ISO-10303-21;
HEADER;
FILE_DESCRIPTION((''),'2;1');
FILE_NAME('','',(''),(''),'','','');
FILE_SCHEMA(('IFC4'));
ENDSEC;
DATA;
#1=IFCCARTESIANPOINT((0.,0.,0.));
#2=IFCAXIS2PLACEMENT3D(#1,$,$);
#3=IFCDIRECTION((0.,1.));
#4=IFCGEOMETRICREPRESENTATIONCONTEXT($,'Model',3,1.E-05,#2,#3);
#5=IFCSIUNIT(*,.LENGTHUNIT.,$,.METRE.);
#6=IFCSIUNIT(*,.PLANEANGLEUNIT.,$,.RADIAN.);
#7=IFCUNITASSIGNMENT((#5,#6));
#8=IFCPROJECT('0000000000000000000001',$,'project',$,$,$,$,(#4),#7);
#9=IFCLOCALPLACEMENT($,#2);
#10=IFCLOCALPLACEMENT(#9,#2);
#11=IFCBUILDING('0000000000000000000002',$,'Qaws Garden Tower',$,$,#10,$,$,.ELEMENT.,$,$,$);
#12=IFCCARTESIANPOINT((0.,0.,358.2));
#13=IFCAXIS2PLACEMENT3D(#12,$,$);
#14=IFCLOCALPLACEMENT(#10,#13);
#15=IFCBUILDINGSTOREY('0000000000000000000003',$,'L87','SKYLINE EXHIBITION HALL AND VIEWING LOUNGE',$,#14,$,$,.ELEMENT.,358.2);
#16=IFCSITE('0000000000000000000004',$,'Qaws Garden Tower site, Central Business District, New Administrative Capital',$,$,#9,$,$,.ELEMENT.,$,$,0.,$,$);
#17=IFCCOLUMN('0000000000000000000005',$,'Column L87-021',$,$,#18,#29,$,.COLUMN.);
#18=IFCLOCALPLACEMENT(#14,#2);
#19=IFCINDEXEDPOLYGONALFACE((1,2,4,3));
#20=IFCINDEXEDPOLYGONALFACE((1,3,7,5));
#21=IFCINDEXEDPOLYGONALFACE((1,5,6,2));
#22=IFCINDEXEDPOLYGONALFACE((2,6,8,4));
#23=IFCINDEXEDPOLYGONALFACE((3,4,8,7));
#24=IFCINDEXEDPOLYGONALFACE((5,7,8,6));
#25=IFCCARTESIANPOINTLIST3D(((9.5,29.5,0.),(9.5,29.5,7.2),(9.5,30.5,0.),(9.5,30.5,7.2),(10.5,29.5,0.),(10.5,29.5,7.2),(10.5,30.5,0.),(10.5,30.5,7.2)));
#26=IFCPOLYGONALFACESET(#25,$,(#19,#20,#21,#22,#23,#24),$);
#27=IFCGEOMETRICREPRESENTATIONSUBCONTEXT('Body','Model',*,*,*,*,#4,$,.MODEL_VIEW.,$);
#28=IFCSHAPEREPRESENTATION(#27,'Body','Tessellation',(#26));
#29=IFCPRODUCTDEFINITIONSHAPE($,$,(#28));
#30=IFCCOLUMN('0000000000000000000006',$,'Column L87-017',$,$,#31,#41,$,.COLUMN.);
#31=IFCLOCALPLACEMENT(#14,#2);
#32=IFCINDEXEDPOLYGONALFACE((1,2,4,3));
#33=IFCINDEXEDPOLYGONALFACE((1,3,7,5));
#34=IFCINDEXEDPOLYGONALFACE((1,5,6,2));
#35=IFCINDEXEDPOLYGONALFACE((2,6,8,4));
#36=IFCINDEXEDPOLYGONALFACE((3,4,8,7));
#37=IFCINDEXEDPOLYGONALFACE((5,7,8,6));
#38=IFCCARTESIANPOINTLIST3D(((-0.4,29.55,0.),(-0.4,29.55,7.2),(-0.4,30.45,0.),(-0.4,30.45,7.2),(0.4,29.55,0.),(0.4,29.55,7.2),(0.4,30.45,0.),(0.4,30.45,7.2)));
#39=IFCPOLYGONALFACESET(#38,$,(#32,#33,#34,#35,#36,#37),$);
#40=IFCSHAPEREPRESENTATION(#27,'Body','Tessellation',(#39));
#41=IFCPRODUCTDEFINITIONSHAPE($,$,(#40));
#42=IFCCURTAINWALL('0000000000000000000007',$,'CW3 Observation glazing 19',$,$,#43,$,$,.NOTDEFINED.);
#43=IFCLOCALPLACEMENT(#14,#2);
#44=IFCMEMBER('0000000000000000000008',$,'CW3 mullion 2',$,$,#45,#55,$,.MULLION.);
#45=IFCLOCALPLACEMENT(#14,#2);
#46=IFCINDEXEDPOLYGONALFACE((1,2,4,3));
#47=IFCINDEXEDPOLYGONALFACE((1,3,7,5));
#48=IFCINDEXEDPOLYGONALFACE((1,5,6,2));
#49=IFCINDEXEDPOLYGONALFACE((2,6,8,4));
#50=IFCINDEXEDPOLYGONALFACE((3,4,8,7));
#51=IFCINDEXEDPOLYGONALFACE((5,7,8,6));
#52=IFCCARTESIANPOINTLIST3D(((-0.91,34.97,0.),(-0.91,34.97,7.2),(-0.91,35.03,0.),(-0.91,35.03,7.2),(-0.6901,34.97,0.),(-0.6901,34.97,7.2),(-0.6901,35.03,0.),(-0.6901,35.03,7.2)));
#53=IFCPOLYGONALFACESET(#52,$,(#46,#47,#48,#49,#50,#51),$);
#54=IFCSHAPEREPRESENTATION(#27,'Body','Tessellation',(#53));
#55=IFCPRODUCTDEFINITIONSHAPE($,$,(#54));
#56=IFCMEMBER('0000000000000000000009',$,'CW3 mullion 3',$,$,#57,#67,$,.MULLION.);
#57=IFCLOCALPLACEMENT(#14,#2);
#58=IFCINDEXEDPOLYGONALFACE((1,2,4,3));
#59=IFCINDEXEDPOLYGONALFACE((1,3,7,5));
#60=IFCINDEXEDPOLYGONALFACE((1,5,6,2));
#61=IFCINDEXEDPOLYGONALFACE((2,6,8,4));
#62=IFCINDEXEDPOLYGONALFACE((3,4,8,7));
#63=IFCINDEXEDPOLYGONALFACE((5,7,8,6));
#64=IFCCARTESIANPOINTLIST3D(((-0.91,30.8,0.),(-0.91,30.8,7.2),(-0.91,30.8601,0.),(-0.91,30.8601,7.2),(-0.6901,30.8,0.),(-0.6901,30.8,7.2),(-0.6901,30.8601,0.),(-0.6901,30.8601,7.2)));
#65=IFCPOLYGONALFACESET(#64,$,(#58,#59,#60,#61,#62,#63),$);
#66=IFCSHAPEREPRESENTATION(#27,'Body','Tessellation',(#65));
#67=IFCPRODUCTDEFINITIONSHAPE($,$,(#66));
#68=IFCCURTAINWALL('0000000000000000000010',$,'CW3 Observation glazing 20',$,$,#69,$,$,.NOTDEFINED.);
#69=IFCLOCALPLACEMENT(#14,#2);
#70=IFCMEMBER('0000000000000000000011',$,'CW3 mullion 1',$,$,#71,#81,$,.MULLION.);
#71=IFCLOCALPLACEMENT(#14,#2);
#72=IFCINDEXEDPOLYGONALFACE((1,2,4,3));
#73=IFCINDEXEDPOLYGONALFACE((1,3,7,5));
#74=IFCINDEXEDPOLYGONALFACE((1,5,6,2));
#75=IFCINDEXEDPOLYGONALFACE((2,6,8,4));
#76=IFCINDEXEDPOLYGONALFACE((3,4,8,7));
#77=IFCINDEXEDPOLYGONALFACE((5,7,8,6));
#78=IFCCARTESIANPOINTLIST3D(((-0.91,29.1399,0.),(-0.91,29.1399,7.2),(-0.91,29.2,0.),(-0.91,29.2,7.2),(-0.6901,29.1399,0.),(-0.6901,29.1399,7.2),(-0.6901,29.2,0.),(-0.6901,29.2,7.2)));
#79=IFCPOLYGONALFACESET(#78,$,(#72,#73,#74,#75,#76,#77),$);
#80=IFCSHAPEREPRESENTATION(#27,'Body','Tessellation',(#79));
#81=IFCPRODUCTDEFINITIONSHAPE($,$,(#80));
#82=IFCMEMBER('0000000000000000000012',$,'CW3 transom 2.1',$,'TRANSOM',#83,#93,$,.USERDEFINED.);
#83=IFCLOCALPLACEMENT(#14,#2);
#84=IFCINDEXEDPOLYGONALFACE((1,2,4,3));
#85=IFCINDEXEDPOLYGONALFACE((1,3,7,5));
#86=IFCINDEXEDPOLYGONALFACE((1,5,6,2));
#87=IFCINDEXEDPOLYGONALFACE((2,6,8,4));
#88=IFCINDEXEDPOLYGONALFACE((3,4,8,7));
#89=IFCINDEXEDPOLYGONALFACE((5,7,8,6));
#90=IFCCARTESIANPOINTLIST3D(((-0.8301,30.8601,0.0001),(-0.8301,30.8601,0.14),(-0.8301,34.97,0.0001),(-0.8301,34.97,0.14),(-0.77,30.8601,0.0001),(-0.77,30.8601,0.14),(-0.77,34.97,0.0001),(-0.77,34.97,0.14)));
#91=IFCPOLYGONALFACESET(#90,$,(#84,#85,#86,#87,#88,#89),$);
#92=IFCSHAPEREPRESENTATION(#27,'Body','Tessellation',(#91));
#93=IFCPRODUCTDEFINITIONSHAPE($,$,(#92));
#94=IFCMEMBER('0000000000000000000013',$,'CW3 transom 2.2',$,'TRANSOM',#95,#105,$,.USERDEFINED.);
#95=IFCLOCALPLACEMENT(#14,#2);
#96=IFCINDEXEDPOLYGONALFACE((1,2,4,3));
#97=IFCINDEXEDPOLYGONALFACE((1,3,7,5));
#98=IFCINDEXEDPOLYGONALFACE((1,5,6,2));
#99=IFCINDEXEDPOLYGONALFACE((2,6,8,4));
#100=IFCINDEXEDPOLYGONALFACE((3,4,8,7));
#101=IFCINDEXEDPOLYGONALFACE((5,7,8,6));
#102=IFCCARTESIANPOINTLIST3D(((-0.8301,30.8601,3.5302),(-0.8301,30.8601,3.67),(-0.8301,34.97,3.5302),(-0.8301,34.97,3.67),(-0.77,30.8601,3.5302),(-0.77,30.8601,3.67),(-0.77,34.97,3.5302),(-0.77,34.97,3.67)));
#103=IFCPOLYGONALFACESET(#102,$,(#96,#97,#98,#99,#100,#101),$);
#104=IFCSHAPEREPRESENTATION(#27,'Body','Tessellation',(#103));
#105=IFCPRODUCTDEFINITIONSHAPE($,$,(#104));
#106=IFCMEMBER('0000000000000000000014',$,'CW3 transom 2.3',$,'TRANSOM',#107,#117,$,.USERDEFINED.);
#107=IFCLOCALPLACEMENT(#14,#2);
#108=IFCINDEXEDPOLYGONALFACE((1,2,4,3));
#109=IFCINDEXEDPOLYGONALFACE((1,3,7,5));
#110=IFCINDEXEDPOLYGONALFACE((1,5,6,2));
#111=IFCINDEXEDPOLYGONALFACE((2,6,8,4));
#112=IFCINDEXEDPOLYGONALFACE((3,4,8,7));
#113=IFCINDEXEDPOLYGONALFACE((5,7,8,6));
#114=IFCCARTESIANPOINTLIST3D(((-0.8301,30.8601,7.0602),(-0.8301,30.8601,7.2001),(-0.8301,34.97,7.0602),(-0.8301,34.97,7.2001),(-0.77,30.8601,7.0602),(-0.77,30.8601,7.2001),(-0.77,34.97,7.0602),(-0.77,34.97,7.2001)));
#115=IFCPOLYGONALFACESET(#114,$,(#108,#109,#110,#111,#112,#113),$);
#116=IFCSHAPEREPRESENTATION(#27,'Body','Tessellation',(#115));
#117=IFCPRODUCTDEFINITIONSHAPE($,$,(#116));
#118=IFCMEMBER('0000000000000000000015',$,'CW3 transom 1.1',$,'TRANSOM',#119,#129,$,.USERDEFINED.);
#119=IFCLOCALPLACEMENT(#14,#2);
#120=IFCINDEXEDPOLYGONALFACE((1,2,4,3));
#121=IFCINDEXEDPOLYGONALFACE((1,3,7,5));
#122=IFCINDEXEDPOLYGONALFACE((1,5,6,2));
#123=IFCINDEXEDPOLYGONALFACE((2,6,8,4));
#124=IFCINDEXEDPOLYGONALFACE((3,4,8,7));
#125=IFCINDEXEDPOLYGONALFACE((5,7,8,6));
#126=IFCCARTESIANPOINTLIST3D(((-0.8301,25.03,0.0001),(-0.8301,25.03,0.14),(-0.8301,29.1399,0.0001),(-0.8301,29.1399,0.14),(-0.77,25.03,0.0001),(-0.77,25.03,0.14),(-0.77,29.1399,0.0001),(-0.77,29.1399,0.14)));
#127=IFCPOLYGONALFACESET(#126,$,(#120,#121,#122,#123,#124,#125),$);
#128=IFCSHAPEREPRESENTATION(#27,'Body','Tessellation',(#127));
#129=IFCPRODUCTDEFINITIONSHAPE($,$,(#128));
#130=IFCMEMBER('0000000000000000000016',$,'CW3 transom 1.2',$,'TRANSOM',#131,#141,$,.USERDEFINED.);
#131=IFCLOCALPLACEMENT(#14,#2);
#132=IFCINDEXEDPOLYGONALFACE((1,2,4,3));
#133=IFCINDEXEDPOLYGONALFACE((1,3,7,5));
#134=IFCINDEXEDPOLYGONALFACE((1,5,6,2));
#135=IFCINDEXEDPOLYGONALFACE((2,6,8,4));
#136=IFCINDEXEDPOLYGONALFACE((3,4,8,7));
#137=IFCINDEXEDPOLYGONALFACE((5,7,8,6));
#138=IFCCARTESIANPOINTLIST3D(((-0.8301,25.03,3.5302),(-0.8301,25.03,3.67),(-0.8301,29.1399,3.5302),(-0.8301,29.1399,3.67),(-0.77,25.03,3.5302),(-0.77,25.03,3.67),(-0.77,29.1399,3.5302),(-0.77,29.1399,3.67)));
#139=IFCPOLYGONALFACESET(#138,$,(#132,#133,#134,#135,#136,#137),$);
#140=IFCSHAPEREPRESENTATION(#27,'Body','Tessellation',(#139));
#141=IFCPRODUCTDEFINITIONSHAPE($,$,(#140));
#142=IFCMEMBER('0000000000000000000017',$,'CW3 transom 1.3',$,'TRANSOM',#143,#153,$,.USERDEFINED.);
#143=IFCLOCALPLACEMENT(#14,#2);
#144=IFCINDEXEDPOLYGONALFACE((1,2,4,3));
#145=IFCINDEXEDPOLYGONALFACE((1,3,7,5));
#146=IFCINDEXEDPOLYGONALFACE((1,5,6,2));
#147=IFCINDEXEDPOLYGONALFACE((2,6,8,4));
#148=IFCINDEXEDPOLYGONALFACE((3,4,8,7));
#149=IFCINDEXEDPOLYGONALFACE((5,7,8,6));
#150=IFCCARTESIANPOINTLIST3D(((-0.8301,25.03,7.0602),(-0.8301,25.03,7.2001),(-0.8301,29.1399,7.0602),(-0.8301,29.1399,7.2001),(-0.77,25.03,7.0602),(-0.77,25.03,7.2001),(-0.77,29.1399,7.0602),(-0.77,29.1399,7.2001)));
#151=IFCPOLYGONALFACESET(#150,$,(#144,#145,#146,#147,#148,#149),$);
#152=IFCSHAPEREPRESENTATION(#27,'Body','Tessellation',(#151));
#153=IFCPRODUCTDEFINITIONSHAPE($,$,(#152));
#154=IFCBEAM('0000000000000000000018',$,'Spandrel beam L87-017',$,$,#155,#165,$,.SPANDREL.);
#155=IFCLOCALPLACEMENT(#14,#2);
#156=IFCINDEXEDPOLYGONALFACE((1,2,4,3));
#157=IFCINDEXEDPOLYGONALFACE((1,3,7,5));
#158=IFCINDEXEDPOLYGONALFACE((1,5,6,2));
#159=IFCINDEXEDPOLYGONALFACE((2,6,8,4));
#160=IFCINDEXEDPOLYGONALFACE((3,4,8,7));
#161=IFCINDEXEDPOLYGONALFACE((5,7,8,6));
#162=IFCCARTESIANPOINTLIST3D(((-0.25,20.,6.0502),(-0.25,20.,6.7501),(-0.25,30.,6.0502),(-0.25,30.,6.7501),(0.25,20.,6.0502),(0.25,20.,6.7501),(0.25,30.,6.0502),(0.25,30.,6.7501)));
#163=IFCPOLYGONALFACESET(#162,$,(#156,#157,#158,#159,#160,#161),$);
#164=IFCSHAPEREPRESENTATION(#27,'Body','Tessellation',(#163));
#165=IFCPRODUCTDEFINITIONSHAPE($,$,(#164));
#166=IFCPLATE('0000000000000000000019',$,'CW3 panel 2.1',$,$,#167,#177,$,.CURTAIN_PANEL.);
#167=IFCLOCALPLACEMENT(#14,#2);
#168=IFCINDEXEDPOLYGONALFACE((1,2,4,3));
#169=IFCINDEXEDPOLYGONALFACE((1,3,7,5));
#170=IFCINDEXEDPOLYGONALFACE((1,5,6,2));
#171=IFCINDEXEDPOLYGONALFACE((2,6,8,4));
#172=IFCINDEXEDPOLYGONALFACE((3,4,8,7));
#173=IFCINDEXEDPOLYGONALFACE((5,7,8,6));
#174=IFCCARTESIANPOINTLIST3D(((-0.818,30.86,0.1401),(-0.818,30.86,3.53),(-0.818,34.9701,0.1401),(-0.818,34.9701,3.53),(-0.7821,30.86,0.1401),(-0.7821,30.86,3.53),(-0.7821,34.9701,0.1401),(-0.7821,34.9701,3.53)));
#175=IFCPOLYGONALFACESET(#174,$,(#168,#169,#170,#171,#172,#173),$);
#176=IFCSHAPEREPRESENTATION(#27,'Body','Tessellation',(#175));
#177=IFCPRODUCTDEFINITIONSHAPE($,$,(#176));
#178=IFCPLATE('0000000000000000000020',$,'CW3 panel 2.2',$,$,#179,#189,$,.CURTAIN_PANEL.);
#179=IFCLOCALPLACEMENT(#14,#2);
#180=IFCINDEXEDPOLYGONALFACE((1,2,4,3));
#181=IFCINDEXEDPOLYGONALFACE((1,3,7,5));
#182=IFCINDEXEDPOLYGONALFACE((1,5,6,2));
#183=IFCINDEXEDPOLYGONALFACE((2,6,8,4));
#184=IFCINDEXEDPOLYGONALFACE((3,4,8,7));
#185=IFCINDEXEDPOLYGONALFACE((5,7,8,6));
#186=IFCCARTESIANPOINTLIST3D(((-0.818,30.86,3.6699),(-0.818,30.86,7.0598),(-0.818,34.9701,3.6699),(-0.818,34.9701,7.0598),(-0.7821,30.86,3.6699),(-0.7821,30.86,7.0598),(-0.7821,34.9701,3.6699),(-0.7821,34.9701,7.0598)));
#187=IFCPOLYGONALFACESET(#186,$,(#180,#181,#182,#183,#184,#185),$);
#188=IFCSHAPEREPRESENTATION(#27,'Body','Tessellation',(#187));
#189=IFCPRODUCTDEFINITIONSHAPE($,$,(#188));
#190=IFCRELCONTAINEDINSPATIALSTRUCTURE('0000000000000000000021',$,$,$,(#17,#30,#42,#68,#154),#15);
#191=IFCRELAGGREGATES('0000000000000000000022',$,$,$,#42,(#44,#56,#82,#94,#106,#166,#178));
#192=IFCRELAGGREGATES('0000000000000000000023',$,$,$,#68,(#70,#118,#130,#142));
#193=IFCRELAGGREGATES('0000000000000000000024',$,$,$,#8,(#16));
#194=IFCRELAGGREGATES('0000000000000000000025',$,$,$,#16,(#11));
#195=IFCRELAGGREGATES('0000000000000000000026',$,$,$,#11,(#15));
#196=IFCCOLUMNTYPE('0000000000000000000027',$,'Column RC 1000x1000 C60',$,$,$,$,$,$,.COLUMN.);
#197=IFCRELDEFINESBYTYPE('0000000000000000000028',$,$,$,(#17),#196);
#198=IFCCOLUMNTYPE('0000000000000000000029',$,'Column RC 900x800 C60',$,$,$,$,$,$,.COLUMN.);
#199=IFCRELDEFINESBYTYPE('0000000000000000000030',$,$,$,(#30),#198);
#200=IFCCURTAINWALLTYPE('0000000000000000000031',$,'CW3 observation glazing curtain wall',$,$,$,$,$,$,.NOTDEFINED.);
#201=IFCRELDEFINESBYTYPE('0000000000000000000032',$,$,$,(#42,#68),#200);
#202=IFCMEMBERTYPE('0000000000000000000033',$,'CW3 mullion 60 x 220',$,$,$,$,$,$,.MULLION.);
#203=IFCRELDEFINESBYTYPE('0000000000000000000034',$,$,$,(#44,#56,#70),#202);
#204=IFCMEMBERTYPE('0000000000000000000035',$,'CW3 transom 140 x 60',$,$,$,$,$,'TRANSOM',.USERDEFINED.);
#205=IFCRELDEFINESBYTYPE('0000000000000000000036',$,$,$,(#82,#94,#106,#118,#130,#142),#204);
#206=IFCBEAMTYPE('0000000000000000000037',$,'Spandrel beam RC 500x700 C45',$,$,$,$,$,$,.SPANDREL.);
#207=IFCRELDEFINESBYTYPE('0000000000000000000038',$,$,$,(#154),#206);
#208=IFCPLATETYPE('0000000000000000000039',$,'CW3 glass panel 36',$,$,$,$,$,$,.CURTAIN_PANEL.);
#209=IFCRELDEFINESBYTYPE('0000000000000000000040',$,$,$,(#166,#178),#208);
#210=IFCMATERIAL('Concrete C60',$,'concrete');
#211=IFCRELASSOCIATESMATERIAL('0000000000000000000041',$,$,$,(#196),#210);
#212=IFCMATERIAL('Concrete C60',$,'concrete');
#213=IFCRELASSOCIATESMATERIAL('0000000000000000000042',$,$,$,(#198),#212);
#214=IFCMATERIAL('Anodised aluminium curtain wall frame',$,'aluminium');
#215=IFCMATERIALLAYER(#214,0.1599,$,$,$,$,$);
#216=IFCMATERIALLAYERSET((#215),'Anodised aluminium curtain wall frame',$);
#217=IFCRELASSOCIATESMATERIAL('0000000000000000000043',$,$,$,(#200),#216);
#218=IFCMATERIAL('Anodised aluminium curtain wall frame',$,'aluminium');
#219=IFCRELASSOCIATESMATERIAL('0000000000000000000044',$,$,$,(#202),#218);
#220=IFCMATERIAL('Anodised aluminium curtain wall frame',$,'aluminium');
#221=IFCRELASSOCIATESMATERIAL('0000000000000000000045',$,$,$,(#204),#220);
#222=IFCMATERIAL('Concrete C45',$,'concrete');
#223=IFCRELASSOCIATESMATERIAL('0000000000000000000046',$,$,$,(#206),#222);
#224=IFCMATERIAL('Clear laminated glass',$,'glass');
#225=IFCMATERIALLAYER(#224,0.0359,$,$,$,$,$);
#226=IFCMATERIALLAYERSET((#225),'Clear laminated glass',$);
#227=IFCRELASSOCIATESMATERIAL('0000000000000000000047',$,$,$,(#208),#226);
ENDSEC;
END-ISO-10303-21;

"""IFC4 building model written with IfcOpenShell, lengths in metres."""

from ifc_helpers import new_model, si_unit, direction, frame, origin, origin_2d, place, context, subcontext, project, spatial, rectangle, extrude, material, layer, layer_set, material_profile, profile_set, type_object, element, aggregate, save


model = new_model("IFC4")

# Units and contexts
model_context = context("Model", 3, precision=1e-05, world=origin(), true_north=direction((0.0, 1.0)))
body_context = subcontext(model_context, "Body", "Model", "MODEL_VIEW")
ifc_project = project(units=[si_unit("LENGTHUNIT", "METRE"), si_unit("PLANEANGLEUNIT", "RADIAN")], contexts=[model_context])

# Site, building, storey
site_placement = place(None, origin())
site = spatial("IfcSite", under=ifc_project, at=site_placement, Name="Qaws Garden Tower site, Central Business District, New Administrative Capital", CompositionType="ELEMENT", RefElevation=0.0)
building_placement = place(site_placement, origin())
building = spatial("IfcBuilding", under=site, at=building_placement, Name="Qaws Garden Tower", CompositionType="ELEMENT")
storey_placement = place(building_placement, frame((0.0, 0.0, 358.2)))
storey = spatial("IfcBuildingStorey", under=building, at=storey_placement, Name="L87", Description="SKYLINE EXHIBITION HALL AND VIEWING LOUNGE", CompositionType="ELEMENT", Elevation=358.2)

# Columns
ifc_material_1 = material(Name="Concrete C60", Category="concrete")
ifc_material_profile_1 = material_profile(ifc_material_1, rectangle(XDim=1.0, YDim=1.0, at=origin_2d()), Name="RC 1000x1000")
ifc_profile_set_1 = profile_set([ifc_material_profile_1], Name="Concrete C60")
column_type_1 = type_object("IfcColumnType", Name="Column RC 1000x1000 C60", PredefinedType="COLUMN", material=ifc_profile_set_1)
column_1_placement = place(storey_placement, frame((10.0, 30.0, 0.0), z_axis=(0.0, 0.0, 1.0), x_axis=(1.0, 0.0, 0.0)))
element("IfcColumn", 1, at=column_1_placement, inside=storey, type_object=column_type_1, Name="Column L87-021", PredefinedType="COLUMN", context=body_context, shape_type="SweptSolid", body=[
    extrude(rectangle(XDim=1.0, YDim=1.0, at=origin_2d()), origin(), (0.0, 0.0, 1.0), 7.2),
])
ifc_material_2 = material(Name="Concrete C60", Category="concrete")
ifc_material_profile_2 = material_profile(ifc_material_2, rectangle(XDim=0.8999, YDim=0.8, at=origin_2d()), Name="RC 900x800")
ifc_profile_set_2 = profile_set([ifc_material_profile_2], Name="Concrete C60")
column_type_2 = type_object("IfcColumnType", Name="Column RC 900x800 C60", PredefinedType="COLUMN", material=ifc_profile_set_2)
column_2_placement = place(storey_placement, frame((0.0, 30.0, 0.0), z_axis=(0.0, 0.0, 1.0), x_axis=(0.0, 1.0, 0.0)))
element("IfcColumn", 2, at=column_2_placement, inside=storey, type_object=column_type_2, Name="Column L87-017", PredefinedType="COLUMN", context=body_context, shape_type="SweptSolid", body=[
    extrude(rectangle(XDim=0.8999, YDim=0.8, at=origin_2d()), origin(), (0.0, 0.0, 1.0), 7.2),
])

# Curtain wall, members
ifc_material_3 = material(Name="Anodised aluminium curtain wall frame", Category="aluminium")
ifc_layer_1 = layer(ifc_material_3, 0.1599)
ifc_layer_set_1 = layer_set([ifc_layer_1], Name="Anodised aluminium curtain wall frame")
curtain_wall_type = type_object("IfcCurtainWallType", Name="CW3 observation glazing curtain wall", PredefinedType="NOTDEFINED", material=ifc_layer_set_1)
placement = place(storey_placement, origin())
curtain_wall_1 = element("IfcCurtainWall", 3, at=placement, inside=storey, type_object=curtain_wall_type, Name="CW3 Observation glazing 19", PredefinedType="NOTDEFINED")
ifc_material_4 = material(Name="Anodised aluminium curtain wall frame", Category="aluminium")
ifc_material_profile_3 = material_profile(ifc_material_4, rectangle(XDim=0.22, YDim=0.0601, at=origin_2d()), Name="AL 60x220")
ifc_profile_set_3 = profile_set([ifc_material_profile_3], Name="Anodised aluminium curtain wall frame")
member_type_1 = type_object("IfcMemberType", Name="CW3 mullion 60 x 220", PredefinedType="MULLION", material=ifc_profile_set_3)
member_1_placement = place(storey_placement, frame((-0.8, 35.0, 0.0), z_axis=(0.0, 0.0, 1.0), x_axis=(1.0, 0.0, 0.0)))
member_1 = element("IfcMember", 4, at=member_1_placement, type_object=member_type_1, Name="CW3 mullion 2", PredefinedType="MULLION", context=body_context, shape_type="SweptSolid", body=[
    extrude(rectangle(XDim=0.22, YDim=0.0601, at=origin_2d()), origin(), (0.0, 0.0, 1.0), 7.2),
])
member_2_placement = place(storey_placement, frame((-0.8, 30.8301, 0.0), z_axis=(0.0, 0.0, 1.0), x_axis=(1.0, 0.0, 0.0)))
member_2 = element("IfcMember", 5, at=member_2_placement, type_object=member_type_1, Name="CW3 mullion 3", PredefinedType="MULLION", context=body_context, shape_type="SweptSolid", body=[
    extrude(rectangle(XDim=0.22, YDim=0.0601, at=origin_2d()), origin(), (0.0, 0.0, 1.0), 7.2),
])

# Curtain wall, member
curtain_wall_2 = element("IfcCurtainWall", 6, at=placement, inside=storey, type_object=curtain_wall_type, Name="CW3 Observation glazing 20", PredefinedType="NOTDEFINED")
member_3_placement = place(storey_placement, frame((-0.8, 29.1699, 0.0), z_axis=(0.0, 0.0, 1.0), x_axis=(1.0, 0.0, 0.0)))
member_3 = element("IfcMember", 7, at=member_3_placement, type_object=member_type_1, Name="CW3 mullion 1", PredefinedType="MULLION", context=body_context, shape_type="SweptSolid", body=[
    extrude(rectangle(XDim=0.22, YDim=0.0601, at=origin_2d()), origin(), (0.0, 0.0, 1.0), 7.2),
])

# Members
ifc_material_5 = material(Name="Anodised aluminium curtain wall frame", Category="aluminium")
ifc_material_profile_4 = material_profile(ifc_material_5, rectangle(XDim=0.0601, YDim=0.1399, at=origin_2d()), Name="AL 60x140")
ifc_profile_set_4 = profile_set([ifc_material_profile_4], Name="Anodised aluminium curtain wall frame")
member_type_2 = type_object("IfcMemberType", Name="CW3 transom 140 x 60", ElementType="TRANSOM", PredefinedType="USERDEFINED", material=ifc_profile_set_4)
member_4_placement = place(storey_placement, frame((-0.8, 34.97, 0.0701), z_axis=(0.0, -1.0, 0.0), x_axis=(1.0, 0.0, 0.0)))
member_4 = element("IfcMember", 8, at=member_4_placement, type_object=member_type_2, Name="CW3 transom 2.1", ObjectType="TRANSOM", PredefinedType="USERDEFINED", context=body_context, shape_type="SweptSolid", body=[
    extrude(rectangle(XDim=0.0601, YDim=0.1399, at=origin_2d()), origin(), (0.0, 0.0, 1.0), 4.1099),
])
member_5_placement = place(storey_placement, frame((-0.8, 34.97, 3.6001), z_axis=(0.0, -1.0, 0.0), x_axis=(1.0, 0.0, 0.0)))
member_5 = element("IfcMember", 9, at=member_5_placement, type_object=member_type_2, Name="CW3 transom 2.2", ObjectType="TRANSOM", PredefinedType="USERDEFINED", context=body_context, shape_type="SweptSolid", body=[
    extrude(rectangle(XDim=0.0601, YDim=0.1399, at=origin_2d()), origin(), (0.0, 0.0, 1.0), 4.1099),
])
member_6_placement = place(storey_placement, frame((-0.8, 34.97, 7.1301), z_axis=(0.0, -1.0, 0.0), x_axis=(1.0, 0.0, 0.0)))
member_6 = element("IfcMember", 10, at=member_6_placement, type_object=member_type_2, Name="CW3 transom 2.3", ObjectType="TRANSOM", PredefinedType="USERDEFINED", context=body_context, shape_type="SweptSolid", body=[
    extrude(rectangle(XDim=0.0601, YDim=0.1399, at=origin_2d()), origin(), (0.0, 0.0, 1.0), 4.1099),
])
member_7_placement = place(storey_placement, frame((-0.8, 29.1399, 0.0701), z_axis=(0.0, -1.0, 0.0), x_axis=(1.0, 0.0, 0.0)))
member_7 = element("IfcMember", 11, at=member_7_placement, type_object=member_type_2, Name="CW3 transom 1.1", ObjectType="TRANSOM", PredefinedType="USERDEFINED", context=body_context, shape_type="SweptSolid", body=[
    extrude(rectangle(XDim=0.0601, YDim=0.1399, at=origin_2d()), origin(), (0.0, 0.0, 1.0), 4.1099),
])
member_8_placement = place(storey_placement, frame((-0.8, 29.1399, 3.6001), z_axis=(0.0, -1.0, 0.0), x_axis=(1.0, 0.0, 0.0)))
member_8 = element("IfcMember", 12, at=member_8_placement, type_object=member_type_2, Name="CW3 transom 1.2", ObjectType="TRANSOM", PredefinedType="USERDEFINED", context=body_context, shape_type="SweptSolid", body=[
    extrude(rectangle(XDim=0.0601, YDim=0.1399, at=origin_2d()), origin(), (0.0, 0.0, 1.0), 4.1099),
])
member_9_placement = place(storey_placement, frame((-0.8, 29.1399, 7.1301), z_axis=(0.0, -1.0, 0.0), x_axis=(1.0, 0.0, 0.0)))
member_9 = element("IfcMember", 13, at=member_9_placement, type_object=member_type_2, Name="CW3 transom 1.3", ObjectType="TRANSOM", PredefinedType="USERDEFINED", context=body_context, shape_type="SweptSolid", body=[
    extrude(rectangle(XDim=0.0601, YDim=0.1399, at=origin_2d()), origin(), (0.0, 0.0, 1.0), 4.1099),
])

# Beam
ifc_material_6 = material(Name="Concrete C45", Category="concrete")
ifc_material_profile_5 = material_profile(ifc_material_6, rectangle(XDim=0.5, YDim=0.7, at=origin_2d()), Name="RC 500x700")
ifc_profile_set_5 = profile_set([ifc_material_profile_5], Name="Concrete C45")
beam_type = type_object("IfcBeamType", Name="Spandrel beam RC 500x700 C45", PredefinedType="SPANDREL", material=ifc_profile_set_5)
beam_placement = place(storey_placement, frame((0.0, 30.0, 6.4001), z_axis=(0.0, -1.0, 0.0), x_axis=(1.0, 0.0, 0.0)))
element("IfcBeam", 14, at=beam_placement, inside=storey, type_object=beam_type, Name="Spandrel beam L87-017", PredefinedType="SPANDREL", context=body_context, shape_type="SweptSolid", body=[
    extrude(rectangle(XDim=0.5, YDim=0.7, at=origin_2d()), origin(), (0.0, 0.0, 1.0), 10.0),
])

# Plates
ifc_material_7 = material(Name="Clear laminated glass", Category="glass")
ifc_layer_2 = layer(ifc_material_7, 0.0359)
ifc_layer_set_2 = layer_set([ifc_layer_2], Name="Clear laminated glass")
plate_type = type_object("IfcPlateType", Name="CW3 glass panel 36", PredefinedType="CURTAIN_PANEL", material=ifc_layer_set_2)
plate_1_placement = place(storey_placement, frame((-0.8, 32.915, 0.1401), z_axis=(0.0, 0.0, 1.0), x_axis=(0.0, -1.0, 0.0)))
plate_1 = element("IfcPlate", 15, at=plate_1_placement, type_object=plate_type, Name="CW3 panel 2.1", PredefinedType="CURTAIN_PANEL", context=body_context, shape_type="SweptSolid", body=[
    extrude(rectangle(XDim=4.1101, YDim=0.0359, at=origin_2d()), origin(), (0.0, 0.0, 1.0), 3.3899),
])
plate_2_placement = place(storey_placement, frame((-0.8, 32.915, 3.6699), z_axis=(0.0, 0.0, 1.0), x_axis=(0.0, -1.0, 0.0)))
plate_2 = element("IfcPlate", 16, at=plate_2_placement, type_object=plate_type, Name="CW3 panel 2.2", PredefinedType="CURTAIN_PANEL", context=body_context, shape_type="SweptSolid", body=[
    extrude(rectangle(XDim=4.1101, YDim=0.0359, at=origin_2d()), origin(), (0.0, 0.0, 1.0), 3.3899),
])
aggregate(curtain_wall_1, [member_1, member_2, member_4, member_5, member_6, plate_1, plate_2])
aggregate(curtain_wall_2, [member_3, member_7, member_8, member_9])

save(model, "model.ifc")
